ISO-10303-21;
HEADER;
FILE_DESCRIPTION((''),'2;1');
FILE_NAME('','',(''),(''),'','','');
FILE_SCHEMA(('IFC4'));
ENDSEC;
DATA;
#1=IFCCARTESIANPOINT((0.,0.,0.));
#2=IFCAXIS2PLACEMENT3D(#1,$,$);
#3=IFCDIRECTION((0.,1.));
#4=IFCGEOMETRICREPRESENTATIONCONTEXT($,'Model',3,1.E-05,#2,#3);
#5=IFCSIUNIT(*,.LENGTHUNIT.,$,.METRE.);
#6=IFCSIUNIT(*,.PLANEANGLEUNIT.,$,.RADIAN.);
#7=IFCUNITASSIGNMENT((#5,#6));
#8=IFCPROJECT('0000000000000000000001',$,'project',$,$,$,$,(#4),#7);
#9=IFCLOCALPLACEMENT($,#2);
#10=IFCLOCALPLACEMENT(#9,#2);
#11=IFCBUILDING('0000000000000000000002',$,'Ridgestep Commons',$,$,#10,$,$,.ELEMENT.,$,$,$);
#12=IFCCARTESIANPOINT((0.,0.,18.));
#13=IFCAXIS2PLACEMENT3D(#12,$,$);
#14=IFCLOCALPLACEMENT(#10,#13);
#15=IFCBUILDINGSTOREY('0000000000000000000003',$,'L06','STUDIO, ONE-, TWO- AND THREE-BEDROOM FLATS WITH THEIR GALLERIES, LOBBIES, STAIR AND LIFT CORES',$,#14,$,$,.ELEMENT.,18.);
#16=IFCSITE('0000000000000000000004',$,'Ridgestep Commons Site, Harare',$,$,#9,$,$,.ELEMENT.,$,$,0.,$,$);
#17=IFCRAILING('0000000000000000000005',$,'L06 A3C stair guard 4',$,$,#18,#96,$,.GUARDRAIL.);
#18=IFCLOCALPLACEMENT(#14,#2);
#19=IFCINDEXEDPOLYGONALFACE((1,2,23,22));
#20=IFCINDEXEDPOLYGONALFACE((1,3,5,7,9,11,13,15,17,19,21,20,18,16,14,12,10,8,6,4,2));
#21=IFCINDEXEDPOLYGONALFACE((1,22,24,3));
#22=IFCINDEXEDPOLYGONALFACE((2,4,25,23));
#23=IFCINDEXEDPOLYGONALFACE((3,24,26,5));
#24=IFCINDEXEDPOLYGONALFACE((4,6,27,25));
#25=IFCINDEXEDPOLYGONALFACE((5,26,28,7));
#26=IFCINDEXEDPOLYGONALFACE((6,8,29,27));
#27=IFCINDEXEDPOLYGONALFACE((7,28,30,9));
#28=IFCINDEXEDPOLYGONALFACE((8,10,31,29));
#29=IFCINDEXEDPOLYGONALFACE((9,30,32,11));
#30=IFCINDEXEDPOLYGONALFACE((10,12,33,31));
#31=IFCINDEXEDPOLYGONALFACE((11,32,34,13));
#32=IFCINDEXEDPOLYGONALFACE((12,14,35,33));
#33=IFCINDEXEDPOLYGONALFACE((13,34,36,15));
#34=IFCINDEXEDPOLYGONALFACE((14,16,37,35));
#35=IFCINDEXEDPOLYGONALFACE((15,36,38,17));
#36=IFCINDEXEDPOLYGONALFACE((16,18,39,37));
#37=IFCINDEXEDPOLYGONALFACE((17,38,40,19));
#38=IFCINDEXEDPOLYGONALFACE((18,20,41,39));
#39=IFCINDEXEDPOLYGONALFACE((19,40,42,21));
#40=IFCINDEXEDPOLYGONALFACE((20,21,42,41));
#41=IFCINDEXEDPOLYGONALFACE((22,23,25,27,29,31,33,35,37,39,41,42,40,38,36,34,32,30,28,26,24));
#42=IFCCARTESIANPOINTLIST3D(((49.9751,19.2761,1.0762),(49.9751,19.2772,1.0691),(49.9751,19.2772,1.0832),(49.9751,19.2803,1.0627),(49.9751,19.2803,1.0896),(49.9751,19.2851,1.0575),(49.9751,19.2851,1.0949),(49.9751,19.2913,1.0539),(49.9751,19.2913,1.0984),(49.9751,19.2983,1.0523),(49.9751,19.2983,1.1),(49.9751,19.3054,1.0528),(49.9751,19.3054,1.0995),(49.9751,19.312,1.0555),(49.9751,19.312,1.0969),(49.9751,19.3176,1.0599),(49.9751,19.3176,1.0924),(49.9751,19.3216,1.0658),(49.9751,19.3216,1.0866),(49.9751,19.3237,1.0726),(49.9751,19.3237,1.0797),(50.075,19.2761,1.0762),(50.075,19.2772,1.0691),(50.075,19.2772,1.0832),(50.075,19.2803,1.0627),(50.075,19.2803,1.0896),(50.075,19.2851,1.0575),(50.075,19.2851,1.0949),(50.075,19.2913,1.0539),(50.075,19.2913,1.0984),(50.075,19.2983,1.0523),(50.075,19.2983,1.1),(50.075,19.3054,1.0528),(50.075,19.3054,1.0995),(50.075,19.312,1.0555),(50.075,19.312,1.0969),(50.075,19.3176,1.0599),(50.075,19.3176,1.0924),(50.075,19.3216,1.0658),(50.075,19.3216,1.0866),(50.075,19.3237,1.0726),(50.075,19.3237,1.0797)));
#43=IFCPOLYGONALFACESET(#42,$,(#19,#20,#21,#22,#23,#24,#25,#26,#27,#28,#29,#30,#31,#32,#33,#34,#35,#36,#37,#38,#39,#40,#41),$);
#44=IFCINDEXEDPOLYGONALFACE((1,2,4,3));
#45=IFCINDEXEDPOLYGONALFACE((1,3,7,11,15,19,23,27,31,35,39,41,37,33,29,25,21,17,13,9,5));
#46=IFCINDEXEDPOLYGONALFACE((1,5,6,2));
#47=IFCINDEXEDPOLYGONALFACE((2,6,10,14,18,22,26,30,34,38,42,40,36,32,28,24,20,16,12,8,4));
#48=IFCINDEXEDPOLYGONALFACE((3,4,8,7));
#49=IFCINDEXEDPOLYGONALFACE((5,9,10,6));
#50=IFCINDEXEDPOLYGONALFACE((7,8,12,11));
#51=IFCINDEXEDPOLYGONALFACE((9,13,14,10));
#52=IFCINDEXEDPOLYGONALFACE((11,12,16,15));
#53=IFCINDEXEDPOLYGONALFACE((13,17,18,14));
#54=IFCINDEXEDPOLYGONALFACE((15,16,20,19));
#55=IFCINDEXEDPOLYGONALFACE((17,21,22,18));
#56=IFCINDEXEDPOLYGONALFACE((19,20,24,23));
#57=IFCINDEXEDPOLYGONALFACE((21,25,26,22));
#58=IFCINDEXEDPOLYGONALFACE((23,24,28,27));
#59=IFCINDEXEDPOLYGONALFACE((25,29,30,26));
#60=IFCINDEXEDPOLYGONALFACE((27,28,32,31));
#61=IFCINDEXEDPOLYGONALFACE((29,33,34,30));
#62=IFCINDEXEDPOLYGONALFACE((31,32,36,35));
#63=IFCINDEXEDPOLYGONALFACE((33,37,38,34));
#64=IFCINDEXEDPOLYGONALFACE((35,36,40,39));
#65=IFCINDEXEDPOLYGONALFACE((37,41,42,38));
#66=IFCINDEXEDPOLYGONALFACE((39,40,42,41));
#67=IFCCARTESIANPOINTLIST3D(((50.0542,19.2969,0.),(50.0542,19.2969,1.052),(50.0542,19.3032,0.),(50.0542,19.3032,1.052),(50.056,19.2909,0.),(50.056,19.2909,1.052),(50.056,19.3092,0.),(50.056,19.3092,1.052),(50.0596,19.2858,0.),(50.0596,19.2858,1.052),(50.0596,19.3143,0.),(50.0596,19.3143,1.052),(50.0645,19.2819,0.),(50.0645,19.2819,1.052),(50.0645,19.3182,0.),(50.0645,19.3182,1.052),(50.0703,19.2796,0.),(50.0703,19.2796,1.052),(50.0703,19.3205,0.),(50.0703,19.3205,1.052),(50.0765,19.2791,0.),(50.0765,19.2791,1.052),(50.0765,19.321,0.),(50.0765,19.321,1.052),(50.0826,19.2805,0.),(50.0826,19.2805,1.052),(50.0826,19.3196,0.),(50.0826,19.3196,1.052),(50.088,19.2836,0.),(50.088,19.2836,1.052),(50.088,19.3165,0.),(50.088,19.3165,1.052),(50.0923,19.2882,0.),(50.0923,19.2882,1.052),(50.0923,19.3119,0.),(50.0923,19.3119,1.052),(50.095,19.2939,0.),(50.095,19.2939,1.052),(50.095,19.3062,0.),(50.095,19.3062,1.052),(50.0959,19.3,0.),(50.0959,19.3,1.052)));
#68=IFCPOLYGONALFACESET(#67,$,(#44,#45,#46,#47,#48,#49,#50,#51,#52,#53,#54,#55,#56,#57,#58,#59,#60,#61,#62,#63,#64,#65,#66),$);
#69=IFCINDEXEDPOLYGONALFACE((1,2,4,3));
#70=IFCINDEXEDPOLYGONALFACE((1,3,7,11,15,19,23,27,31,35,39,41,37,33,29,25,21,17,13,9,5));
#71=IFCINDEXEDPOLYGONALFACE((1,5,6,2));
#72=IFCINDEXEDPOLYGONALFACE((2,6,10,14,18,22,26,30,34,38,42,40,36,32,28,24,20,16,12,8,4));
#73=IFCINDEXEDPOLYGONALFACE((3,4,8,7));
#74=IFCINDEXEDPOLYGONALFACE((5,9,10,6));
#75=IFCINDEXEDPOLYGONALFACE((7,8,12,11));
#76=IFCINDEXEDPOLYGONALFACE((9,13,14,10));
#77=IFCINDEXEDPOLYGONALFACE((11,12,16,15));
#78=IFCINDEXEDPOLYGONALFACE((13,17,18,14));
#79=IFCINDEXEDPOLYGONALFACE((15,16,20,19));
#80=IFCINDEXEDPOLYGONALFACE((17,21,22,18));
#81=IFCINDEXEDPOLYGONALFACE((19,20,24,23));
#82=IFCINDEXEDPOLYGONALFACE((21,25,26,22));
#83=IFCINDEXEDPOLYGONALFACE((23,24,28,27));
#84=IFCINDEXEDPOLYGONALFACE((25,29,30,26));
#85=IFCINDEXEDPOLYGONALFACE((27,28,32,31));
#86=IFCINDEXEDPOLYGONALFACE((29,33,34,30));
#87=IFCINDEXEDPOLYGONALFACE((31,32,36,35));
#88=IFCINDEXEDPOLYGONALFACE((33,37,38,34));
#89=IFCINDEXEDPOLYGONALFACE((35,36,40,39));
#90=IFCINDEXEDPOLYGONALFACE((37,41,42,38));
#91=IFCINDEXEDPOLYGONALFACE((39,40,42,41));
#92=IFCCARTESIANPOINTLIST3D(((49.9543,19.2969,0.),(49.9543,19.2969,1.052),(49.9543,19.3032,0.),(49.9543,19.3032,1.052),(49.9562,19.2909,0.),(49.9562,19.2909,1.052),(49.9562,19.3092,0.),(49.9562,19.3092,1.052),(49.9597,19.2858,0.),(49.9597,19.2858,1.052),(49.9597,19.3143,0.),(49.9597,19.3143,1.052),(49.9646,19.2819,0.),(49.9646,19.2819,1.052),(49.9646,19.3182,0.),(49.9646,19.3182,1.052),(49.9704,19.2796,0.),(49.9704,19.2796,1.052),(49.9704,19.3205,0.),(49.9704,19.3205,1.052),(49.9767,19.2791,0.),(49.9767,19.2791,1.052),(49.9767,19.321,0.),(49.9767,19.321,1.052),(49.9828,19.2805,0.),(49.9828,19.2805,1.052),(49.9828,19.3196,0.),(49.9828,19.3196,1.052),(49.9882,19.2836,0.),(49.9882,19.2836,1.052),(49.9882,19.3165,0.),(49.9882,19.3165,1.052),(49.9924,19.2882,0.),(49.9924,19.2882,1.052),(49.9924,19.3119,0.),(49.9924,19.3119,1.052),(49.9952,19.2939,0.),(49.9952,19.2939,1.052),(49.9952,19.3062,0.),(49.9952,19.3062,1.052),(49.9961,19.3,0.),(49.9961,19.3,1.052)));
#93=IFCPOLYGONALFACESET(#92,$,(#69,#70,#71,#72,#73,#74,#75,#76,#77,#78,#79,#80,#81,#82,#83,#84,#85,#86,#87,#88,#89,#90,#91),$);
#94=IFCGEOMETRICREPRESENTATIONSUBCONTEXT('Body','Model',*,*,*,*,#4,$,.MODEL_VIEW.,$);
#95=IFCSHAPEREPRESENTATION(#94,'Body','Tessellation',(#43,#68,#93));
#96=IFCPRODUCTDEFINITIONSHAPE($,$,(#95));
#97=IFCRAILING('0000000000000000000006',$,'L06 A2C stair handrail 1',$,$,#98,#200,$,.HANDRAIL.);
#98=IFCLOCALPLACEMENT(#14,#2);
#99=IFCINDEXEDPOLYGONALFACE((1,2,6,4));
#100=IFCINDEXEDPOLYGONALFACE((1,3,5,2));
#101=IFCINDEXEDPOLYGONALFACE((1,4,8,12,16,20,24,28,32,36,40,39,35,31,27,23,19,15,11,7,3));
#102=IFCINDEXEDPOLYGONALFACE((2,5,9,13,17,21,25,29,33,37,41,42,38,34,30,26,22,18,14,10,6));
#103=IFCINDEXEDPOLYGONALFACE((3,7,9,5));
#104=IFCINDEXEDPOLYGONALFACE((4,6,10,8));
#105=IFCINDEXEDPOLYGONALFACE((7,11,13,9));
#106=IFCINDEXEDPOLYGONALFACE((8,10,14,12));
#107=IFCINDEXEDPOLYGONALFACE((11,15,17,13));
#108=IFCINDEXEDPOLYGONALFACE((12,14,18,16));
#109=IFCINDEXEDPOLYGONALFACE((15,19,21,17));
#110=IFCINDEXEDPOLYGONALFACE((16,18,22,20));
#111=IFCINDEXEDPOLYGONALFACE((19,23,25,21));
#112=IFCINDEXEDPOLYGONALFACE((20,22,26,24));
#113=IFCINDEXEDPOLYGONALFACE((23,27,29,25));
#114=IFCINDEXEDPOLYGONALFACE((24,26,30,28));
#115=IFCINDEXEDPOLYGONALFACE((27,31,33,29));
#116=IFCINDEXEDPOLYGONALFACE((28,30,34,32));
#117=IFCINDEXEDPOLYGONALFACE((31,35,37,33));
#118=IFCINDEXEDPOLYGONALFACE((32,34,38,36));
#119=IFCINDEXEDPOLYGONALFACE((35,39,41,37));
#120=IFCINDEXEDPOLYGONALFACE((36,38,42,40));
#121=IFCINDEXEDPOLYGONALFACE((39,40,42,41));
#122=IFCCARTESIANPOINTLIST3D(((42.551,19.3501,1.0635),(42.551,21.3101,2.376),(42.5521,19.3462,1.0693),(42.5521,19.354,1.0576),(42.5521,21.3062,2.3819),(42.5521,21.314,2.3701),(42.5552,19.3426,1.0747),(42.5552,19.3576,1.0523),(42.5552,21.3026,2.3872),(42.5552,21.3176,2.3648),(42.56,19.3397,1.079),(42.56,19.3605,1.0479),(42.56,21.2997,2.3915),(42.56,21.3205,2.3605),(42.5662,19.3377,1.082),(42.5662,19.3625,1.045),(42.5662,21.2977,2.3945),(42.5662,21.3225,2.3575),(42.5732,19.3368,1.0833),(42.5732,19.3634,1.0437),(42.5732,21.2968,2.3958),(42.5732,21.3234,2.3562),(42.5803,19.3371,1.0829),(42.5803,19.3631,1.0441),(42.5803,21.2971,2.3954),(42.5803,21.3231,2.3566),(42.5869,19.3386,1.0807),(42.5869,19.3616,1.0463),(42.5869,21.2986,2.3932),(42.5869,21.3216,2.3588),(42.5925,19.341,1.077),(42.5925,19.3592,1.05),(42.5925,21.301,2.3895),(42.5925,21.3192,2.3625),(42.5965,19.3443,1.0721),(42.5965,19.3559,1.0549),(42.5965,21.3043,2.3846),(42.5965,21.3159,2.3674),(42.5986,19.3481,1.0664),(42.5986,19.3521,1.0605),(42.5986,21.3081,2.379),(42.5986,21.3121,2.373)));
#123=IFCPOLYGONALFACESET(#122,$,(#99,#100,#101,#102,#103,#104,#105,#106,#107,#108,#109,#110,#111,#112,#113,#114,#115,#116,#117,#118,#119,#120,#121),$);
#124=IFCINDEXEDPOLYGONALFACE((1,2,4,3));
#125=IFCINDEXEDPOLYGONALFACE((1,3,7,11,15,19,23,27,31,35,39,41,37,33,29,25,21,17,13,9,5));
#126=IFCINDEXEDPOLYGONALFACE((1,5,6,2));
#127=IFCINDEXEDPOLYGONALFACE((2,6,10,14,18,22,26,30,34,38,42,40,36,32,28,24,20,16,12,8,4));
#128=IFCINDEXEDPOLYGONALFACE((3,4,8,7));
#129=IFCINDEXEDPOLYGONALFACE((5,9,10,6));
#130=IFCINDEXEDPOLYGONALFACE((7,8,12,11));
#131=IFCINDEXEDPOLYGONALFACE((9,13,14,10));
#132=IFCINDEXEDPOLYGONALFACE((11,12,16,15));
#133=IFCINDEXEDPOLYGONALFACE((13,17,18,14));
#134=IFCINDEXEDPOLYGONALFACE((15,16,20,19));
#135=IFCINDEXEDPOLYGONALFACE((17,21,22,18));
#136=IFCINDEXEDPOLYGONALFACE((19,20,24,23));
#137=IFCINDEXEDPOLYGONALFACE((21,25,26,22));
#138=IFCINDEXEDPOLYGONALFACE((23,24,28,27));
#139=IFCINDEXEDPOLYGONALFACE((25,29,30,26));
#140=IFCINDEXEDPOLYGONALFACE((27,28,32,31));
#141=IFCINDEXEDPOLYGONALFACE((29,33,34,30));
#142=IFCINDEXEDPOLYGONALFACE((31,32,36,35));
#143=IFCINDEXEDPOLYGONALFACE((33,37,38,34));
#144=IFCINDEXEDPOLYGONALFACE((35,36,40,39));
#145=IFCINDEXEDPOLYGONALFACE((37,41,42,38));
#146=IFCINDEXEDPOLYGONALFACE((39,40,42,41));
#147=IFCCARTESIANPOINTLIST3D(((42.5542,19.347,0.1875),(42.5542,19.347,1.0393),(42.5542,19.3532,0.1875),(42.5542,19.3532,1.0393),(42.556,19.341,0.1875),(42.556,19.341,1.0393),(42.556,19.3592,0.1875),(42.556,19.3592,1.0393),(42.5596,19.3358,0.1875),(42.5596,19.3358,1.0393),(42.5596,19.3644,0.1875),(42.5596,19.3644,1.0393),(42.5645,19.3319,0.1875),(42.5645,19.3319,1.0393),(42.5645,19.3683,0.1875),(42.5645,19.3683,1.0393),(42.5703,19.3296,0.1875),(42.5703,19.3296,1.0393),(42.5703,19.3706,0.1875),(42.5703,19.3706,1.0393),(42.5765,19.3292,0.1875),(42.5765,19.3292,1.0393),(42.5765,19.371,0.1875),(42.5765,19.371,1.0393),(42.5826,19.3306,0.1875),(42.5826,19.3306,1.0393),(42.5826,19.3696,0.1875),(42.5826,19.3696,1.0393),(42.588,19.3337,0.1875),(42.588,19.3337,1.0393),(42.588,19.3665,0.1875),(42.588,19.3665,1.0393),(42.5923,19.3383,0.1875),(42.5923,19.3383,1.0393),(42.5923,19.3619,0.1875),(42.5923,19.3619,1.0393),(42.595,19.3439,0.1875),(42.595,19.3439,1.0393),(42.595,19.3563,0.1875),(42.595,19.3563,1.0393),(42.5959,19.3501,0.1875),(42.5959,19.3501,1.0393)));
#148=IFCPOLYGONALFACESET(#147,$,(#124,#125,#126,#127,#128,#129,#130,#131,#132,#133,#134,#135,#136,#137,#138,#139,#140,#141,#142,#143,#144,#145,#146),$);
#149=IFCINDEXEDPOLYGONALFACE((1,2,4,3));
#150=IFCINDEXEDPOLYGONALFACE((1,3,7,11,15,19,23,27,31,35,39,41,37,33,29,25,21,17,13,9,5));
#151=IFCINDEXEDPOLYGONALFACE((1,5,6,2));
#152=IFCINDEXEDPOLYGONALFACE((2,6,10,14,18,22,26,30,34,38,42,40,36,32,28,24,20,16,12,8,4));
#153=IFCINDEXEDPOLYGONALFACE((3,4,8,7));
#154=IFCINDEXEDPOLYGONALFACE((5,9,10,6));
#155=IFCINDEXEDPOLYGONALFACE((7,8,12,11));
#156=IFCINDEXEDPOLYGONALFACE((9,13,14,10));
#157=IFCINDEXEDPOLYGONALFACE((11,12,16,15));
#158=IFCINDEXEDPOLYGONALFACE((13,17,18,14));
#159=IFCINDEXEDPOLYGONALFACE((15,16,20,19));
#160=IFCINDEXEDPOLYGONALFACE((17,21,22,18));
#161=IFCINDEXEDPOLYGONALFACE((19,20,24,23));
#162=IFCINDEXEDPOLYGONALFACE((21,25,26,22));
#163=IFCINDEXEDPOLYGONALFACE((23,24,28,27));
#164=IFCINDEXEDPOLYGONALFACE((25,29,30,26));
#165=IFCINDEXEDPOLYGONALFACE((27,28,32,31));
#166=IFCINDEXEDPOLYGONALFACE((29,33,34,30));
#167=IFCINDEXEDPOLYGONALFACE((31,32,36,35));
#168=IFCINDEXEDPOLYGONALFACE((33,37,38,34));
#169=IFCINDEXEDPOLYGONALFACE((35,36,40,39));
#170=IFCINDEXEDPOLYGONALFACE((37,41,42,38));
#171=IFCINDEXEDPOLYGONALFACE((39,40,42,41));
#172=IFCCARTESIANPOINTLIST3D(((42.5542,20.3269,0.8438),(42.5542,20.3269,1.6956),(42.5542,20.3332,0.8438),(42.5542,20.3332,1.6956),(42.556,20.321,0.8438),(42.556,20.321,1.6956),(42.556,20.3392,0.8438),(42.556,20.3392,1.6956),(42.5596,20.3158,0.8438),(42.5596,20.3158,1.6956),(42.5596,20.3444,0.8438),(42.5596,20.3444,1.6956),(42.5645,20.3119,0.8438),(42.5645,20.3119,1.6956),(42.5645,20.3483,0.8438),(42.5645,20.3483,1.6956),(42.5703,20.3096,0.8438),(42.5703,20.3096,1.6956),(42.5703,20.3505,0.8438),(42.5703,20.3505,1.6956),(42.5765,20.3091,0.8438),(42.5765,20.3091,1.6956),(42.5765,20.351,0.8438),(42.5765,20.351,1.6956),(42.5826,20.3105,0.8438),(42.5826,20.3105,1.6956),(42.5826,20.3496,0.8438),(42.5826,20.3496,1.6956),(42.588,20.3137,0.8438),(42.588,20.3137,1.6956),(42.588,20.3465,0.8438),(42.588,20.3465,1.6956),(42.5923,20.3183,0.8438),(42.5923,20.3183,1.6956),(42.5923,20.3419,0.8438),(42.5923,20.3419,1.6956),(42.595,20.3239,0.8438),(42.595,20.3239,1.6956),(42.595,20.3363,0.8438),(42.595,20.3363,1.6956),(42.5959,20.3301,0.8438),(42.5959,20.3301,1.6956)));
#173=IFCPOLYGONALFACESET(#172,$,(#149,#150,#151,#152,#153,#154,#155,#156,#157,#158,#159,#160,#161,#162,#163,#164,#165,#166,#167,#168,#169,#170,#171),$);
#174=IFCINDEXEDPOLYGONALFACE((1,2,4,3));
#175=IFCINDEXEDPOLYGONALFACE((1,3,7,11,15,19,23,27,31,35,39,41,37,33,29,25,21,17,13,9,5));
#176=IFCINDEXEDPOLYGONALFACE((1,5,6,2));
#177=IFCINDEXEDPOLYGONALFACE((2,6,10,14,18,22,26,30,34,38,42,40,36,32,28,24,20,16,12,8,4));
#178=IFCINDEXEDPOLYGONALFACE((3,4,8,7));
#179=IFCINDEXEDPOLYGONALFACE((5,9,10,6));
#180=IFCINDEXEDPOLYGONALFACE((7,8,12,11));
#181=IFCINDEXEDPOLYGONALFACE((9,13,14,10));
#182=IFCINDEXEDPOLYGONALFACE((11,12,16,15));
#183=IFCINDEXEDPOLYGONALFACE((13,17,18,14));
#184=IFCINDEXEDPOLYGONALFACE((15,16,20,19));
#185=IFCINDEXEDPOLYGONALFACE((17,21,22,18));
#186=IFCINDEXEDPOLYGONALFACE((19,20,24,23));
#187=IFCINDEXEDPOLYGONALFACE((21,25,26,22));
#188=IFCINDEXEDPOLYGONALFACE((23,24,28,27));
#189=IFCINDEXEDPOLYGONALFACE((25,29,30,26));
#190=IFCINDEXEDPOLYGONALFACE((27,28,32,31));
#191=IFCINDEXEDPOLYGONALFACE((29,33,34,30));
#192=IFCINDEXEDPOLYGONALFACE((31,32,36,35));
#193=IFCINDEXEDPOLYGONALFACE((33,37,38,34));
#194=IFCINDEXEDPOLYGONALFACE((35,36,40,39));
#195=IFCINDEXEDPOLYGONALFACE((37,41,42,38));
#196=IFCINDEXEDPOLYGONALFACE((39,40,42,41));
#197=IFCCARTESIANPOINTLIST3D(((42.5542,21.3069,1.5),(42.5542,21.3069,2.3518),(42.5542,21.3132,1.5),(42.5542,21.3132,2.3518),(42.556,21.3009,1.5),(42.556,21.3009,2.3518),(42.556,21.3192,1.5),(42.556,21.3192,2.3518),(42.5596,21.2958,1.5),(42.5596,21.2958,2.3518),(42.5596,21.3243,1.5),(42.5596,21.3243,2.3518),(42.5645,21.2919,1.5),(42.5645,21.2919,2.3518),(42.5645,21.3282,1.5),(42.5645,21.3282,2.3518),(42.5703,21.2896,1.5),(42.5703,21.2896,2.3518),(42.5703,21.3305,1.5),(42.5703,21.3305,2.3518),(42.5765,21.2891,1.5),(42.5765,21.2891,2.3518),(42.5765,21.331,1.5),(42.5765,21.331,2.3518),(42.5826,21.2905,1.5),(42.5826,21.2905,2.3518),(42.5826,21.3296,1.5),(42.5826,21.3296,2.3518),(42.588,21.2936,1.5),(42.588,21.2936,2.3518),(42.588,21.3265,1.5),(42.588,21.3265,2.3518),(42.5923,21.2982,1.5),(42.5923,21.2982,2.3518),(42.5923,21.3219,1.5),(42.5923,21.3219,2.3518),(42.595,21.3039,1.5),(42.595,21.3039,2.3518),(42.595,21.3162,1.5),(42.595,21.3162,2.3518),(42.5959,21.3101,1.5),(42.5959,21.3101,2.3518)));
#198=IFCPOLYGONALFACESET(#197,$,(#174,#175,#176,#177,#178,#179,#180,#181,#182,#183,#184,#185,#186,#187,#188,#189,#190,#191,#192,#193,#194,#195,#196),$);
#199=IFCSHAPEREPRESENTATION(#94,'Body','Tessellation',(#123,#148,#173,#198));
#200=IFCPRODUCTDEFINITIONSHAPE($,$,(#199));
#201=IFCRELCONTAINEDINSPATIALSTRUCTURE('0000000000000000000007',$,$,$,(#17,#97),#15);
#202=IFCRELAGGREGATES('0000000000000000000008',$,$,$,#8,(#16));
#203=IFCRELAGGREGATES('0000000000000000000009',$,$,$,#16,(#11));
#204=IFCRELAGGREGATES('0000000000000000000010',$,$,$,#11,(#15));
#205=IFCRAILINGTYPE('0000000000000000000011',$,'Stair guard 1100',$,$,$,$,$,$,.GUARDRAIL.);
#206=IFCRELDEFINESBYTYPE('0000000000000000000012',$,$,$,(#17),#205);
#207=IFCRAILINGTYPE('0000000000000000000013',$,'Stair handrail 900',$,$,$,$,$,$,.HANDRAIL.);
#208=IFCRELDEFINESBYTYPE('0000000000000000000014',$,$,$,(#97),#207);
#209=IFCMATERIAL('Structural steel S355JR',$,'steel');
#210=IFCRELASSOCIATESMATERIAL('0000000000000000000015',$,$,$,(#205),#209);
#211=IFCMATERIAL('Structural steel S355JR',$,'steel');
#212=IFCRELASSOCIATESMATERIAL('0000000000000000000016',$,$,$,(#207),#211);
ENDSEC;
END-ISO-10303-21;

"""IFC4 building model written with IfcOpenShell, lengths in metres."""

from ifc_helpers import new_model, si_unit, direction, frame, origin, origin_2d, place, context, subcontext, project, spatial, circle, extrude, material, type_object, element, save


model = new_model("IFC4")

# Units and contexts
model_context = context("Model", 3, precision=1e-05, world=origin(), true_north=direction((0.0, 1.0)))
body_context = subcontext(model_context, "Body", "Model", "MODEL_VIEW")
ifc_project = project(units=[si_unit("LENGTHUNIT", "METRE"), si_unit("PLANEANGLEUNIT", "RADIAN")], contexts=[model_context])

# Site, building, storey
site_placement = place(None, origin())
site = spatial("IfcSite", under=ifc_project, at=site_placement, Name="Ridgestep Commons Site, Harare", CompositionType="ELEMENT", RefElevation=0.0)
building_placement = place(site_placement, origin())
building = spatial("IfcBuilding", under=site, at=building_placement, Name="Ridgestep Commons", CompositionType="ELEMENT")
storey_placement = place(building_placement, frame((0.0, 0.0, 18.0)))
storey = spatial("IfcBuildingStorey", under=building, at=storey_placement, Name="L06", Description="STUDIO, ONE-, TWO- AND THREE-BEDROOM FLATS WITH THEIR GALLERIES, LOBBIES, STAIR AND LIFT CORES", CompositionType="ELEMENT", Elevation=18.0)

# Railings
ifc_material_1 = material(Name="Structural steel S355JR", Category="steel")
railing_type_1 = type_object("IfcRailingType", Name="Stair guard 1100", PredefinedType="GUARDRAIL", material=ifc_material_1)
railing_1_placement = place(storey_placement, frame((50.075, 19.3, 0.0)))
element("IfcRailing", 1, at=railing_1_placement, inside=storey, type_object=railing_type_1, Name="L06 A3C stair guard 4", PredefinedType="GUARDRAIL", context=body_context, shape_type="SweptSolid", body=[
    extrude(circle(Radius=0.0239, at=origin_2d()), frame((0.0, 0.0, 1.0762), z_axis=(-1.0, 0.0, 0.0), x_axis=(0.0, -1.0, 0.0)), (0.0, 0.0, 1.0), 0.0999),
    extrude(circle(Radius=0.021, at=origin_2d()), origin(), (0.0, 0.0, 1.0), 1.052),
    extrude(circle(Radius=0.021, at=origin_2d()), frame((-0.0999, 0.0, 0.0)), (0.0, 0.0, 1.0), 1.052),
])
ifc_material_2 = material(Name="Structural steel S355JR", Category="steel")
railing_type_2 = type_object("IfcRailingType", Name="Stair handrail 900", PredefinedType="HANDRAIL", material=ifc_material_2)
for number, where, name in (
    (2, (42.575, 19.3501, 0.1875), "L06 A2C stair handrail 1"),
):
    element("IfcRailing", number, at=place(storey_placement, frame(where)), inside=storey, type_object=railing_type_2, Name=name, PredefinedType="HANDRAIL", context=body_context, shape_type="SweptSolid", body=[
        extrude(circle(Radius=0.0239, at=origin_2d()), frame((0.0, 0.0, 0.876), z_axis=(0.0, 0.830902, 0.556419), x_axis=(-1.0, 0.0, 0.0)), (0.0, 0.0, 1.0), 2.3589),
        extrude(circle(Radius=0.021, at=origin_2d()), origin(), (0.0, 0.0, 1.0), 0.8518),
        extrude(circle(Radius=0.021, at=origin_2d()), frame((0.0, 0.98, 0.6562)), (0.0, 0.0, 1.0), 0.8518),
        extrude(circle(Radius=0.021, at=origin_2d()), frame((0.0, 1.96, 1.3125)), (0.0, 0.0, 1.0), 0.8518),
    ])

save(model, "model.ifc")
